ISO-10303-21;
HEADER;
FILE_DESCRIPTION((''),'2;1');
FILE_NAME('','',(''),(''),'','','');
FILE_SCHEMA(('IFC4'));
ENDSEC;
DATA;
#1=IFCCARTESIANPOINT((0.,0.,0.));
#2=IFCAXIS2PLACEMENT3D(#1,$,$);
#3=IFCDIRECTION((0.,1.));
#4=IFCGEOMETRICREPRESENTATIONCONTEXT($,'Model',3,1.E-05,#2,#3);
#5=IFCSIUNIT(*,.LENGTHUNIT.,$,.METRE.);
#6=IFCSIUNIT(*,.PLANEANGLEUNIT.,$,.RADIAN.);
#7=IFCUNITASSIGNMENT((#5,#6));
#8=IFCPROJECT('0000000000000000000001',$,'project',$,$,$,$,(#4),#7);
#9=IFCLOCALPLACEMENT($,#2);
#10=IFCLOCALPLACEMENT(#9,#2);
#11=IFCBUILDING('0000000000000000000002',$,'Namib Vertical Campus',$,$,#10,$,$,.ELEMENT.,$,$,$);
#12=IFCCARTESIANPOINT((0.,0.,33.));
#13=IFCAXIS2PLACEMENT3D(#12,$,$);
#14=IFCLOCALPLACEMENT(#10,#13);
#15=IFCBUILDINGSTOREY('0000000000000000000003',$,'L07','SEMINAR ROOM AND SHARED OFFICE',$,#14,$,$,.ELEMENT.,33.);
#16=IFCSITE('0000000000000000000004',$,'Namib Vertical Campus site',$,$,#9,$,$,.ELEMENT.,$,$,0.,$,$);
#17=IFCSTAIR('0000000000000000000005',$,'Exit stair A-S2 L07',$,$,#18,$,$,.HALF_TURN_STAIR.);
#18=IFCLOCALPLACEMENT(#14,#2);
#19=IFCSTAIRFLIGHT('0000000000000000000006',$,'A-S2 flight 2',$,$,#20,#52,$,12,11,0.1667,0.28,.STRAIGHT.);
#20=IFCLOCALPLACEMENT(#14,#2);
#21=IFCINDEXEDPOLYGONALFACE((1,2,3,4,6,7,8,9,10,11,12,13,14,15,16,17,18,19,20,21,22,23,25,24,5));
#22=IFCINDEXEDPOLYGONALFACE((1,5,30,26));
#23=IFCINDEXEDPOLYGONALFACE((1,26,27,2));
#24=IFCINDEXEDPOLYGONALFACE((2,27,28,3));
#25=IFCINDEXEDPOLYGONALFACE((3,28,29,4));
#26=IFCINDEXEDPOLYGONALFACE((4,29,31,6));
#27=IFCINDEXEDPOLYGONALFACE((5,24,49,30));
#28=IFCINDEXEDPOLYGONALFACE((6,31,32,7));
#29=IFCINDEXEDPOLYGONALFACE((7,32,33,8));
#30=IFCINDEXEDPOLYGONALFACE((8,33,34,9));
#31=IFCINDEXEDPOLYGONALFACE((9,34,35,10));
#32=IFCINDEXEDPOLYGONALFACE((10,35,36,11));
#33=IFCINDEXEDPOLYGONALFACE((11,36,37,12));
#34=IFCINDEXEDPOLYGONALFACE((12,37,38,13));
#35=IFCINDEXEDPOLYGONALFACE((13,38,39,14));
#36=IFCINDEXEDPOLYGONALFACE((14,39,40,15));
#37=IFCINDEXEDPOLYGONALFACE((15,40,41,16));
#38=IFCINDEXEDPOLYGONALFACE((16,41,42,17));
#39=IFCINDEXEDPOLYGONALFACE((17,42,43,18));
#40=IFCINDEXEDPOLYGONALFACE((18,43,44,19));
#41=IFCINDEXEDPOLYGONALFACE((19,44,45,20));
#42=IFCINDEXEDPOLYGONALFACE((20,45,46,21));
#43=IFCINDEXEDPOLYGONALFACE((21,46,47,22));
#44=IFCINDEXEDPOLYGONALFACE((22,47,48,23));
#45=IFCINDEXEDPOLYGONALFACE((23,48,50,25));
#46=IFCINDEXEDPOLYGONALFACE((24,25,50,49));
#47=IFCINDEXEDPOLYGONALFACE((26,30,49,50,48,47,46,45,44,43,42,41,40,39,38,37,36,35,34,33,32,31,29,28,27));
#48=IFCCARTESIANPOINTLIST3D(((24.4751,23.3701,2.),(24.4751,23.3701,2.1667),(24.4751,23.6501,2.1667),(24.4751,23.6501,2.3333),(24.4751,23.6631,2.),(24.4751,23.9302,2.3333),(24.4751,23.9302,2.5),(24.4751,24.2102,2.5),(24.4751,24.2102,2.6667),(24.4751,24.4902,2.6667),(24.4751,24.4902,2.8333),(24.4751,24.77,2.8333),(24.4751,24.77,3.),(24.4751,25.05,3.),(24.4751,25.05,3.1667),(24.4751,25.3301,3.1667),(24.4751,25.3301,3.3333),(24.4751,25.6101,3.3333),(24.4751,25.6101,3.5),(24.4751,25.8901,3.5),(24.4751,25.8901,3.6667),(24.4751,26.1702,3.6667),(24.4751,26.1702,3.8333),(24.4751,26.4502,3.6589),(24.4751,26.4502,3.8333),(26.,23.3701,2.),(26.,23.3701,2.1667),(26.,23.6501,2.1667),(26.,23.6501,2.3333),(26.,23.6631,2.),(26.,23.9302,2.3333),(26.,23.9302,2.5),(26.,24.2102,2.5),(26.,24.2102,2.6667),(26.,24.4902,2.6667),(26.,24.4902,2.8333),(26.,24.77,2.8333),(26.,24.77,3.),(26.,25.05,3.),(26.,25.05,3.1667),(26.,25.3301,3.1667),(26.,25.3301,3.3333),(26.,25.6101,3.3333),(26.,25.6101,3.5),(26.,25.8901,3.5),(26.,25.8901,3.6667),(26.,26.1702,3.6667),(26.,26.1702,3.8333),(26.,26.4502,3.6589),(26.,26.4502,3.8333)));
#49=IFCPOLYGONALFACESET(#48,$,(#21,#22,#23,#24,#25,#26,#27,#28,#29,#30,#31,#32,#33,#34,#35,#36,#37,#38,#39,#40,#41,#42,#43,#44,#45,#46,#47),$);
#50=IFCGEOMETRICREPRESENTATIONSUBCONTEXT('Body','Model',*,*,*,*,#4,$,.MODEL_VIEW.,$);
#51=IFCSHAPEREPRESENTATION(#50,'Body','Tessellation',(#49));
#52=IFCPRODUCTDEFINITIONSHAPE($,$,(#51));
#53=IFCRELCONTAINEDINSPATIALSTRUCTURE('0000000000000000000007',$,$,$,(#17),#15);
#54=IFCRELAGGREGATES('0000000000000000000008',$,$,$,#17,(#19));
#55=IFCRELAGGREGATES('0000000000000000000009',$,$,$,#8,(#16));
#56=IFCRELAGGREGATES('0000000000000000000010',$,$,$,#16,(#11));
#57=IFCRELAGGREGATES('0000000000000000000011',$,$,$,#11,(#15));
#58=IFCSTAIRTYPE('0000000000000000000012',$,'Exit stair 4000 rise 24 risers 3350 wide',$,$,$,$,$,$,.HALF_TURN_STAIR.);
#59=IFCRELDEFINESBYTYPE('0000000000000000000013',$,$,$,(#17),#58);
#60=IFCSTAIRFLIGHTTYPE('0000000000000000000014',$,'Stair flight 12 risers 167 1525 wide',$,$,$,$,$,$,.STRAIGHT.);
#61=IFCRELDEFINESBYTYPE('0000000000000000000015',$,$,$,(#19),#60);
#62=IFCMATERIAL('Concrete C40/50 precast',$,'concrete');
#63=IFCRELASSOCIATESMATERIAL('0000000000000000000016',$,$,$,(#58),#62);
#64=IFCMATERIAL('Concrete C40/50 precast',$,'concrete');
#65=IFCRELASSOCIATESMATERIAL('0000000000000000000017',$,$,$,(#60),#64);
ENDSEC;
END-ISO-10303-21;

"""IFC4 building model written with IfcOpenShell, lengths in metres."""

from ifc_helpers import new_model, si_unit, direction, frame, origin, place, context, subcontext, project, spatial, polyline, outline, extrude, material, type_object, element, aggregate, save


model = new_model("IFC4")

# Units and contexts
model_context = context("Model", 3, precision=1e-05, world=origin(), true_north=direction((0.0, 1.0)))
body_context = subcontext(model_context, "Body", "Model", "MODEL_VIEW")
ifc_project = project(units=[si_unit("LENGTHUNIT", "METRE"), si_unit("PLANEANGLEUNIT", "RADIAN")], contexts=[model_context])

# Site, building, storey
site_placement = place(None, origin())
site = spatial("IfcSite", under=ifc_project, at=site_placement, Name="Namib Vertical Campus site", CompositionType="ELEMENT", RefElevation=0.0)
building_placement = place(site_placement, origin())
building = spatial("IfcBuilding", under=site, at=building_placement, Name="Namib Vertical Campus", CompositionType="ELEMENT")
storey_placement = place(building_placement, frame((0.0, 0.0, 33.0)))
storey = spatial("IfcBuildingStorey", under=building, at=storey_placement, Name="L07", Description="SEMINAR ROOM AND SHARED OFFICE", CompositionType="ELEMENT", Elevation=33.0)

# Stair, stair flight
ifc_material_1 = material(Name="Concrete C40/50 precast", Category="concrete")
stair_type = type_object("IfcStairType", Name="Exit stair 4000 rise 24 risers 3350 wide", PredefinedType="HALF_TURN_STAIR", material=ifc_material_1)
stair_placement = place(storey_placement, origin())
stair = element("IfcStair", 1, at=stair_placement, inside=storey, type_object=stair_type, Name="Exit stair A-S2 L07", PredefinedType="HALF_TURN_STAIR")
ifc_material_2 = material(Name="Concrete C40/50 precast", Category="concrete")
stair_flight_type = type_object("IfcStairFlightType", Name="Stair flight 12 risers 167 1525 wide", PredefinedType="STRAIGHT", material=ifc_material_2)
stair_flight_1_placement = place(storey_placement, frame((25.2375, 23.3701, 2.0), z_axis=(0.0, 0.0, 1.0), x_axis=(0.0, 1.0, 0.0)))
stair_flight_1 = element("IfcStairFlight", 2, at=stair_flight_1_placement, type_object=stair_flight_type, Name="A-S2 flight 2", NumberOfRisers=12, NumberOfTreads=11, PredefinedType="STRAIGHT", RiserHeight=0.1667, TreadLength=0.28, context=body_context, shape_type="SweptSolid", body=[
    extrude(outline(polyline([(0.0, 0.0), (0.0, 0.1667), (0.28, 0.1667), (0.28, 0.3333), (0.5601, 0.3333), (0.5601, 0.5), (0.8401, 0.5), (0.8401, 0.6667), (1.1201, 0.6667), (1.1201, 0.8333), (1.3999, 0.8333), (1.3999, 1.0), (1.6799, 1.0), (1.6799, 1.1667), (1.96, 1.1667), (1.96, 1.3333), (2.24, 1.3333), (2.24, 1.5), (2.52, 1.5), (2.52, 1.6667), (2.8, 1.6667), (2.8, 1.8333), (3.0801, 1.8333), (3.0801, 2.0), (3.0801, 1.6589), (0.293, 0.0), (0.0, 0.0)])), frame((0.0, 0.7625, 0.0), z_axis=(0.0, -1.0, 0.0), x_axis=(1.0, 0.0, 0.0)), (0.0, 0.0, 1.0), 1.5249),
])
aggregate(stair, [stair_flight_1])

save(model, "model.ifc")
